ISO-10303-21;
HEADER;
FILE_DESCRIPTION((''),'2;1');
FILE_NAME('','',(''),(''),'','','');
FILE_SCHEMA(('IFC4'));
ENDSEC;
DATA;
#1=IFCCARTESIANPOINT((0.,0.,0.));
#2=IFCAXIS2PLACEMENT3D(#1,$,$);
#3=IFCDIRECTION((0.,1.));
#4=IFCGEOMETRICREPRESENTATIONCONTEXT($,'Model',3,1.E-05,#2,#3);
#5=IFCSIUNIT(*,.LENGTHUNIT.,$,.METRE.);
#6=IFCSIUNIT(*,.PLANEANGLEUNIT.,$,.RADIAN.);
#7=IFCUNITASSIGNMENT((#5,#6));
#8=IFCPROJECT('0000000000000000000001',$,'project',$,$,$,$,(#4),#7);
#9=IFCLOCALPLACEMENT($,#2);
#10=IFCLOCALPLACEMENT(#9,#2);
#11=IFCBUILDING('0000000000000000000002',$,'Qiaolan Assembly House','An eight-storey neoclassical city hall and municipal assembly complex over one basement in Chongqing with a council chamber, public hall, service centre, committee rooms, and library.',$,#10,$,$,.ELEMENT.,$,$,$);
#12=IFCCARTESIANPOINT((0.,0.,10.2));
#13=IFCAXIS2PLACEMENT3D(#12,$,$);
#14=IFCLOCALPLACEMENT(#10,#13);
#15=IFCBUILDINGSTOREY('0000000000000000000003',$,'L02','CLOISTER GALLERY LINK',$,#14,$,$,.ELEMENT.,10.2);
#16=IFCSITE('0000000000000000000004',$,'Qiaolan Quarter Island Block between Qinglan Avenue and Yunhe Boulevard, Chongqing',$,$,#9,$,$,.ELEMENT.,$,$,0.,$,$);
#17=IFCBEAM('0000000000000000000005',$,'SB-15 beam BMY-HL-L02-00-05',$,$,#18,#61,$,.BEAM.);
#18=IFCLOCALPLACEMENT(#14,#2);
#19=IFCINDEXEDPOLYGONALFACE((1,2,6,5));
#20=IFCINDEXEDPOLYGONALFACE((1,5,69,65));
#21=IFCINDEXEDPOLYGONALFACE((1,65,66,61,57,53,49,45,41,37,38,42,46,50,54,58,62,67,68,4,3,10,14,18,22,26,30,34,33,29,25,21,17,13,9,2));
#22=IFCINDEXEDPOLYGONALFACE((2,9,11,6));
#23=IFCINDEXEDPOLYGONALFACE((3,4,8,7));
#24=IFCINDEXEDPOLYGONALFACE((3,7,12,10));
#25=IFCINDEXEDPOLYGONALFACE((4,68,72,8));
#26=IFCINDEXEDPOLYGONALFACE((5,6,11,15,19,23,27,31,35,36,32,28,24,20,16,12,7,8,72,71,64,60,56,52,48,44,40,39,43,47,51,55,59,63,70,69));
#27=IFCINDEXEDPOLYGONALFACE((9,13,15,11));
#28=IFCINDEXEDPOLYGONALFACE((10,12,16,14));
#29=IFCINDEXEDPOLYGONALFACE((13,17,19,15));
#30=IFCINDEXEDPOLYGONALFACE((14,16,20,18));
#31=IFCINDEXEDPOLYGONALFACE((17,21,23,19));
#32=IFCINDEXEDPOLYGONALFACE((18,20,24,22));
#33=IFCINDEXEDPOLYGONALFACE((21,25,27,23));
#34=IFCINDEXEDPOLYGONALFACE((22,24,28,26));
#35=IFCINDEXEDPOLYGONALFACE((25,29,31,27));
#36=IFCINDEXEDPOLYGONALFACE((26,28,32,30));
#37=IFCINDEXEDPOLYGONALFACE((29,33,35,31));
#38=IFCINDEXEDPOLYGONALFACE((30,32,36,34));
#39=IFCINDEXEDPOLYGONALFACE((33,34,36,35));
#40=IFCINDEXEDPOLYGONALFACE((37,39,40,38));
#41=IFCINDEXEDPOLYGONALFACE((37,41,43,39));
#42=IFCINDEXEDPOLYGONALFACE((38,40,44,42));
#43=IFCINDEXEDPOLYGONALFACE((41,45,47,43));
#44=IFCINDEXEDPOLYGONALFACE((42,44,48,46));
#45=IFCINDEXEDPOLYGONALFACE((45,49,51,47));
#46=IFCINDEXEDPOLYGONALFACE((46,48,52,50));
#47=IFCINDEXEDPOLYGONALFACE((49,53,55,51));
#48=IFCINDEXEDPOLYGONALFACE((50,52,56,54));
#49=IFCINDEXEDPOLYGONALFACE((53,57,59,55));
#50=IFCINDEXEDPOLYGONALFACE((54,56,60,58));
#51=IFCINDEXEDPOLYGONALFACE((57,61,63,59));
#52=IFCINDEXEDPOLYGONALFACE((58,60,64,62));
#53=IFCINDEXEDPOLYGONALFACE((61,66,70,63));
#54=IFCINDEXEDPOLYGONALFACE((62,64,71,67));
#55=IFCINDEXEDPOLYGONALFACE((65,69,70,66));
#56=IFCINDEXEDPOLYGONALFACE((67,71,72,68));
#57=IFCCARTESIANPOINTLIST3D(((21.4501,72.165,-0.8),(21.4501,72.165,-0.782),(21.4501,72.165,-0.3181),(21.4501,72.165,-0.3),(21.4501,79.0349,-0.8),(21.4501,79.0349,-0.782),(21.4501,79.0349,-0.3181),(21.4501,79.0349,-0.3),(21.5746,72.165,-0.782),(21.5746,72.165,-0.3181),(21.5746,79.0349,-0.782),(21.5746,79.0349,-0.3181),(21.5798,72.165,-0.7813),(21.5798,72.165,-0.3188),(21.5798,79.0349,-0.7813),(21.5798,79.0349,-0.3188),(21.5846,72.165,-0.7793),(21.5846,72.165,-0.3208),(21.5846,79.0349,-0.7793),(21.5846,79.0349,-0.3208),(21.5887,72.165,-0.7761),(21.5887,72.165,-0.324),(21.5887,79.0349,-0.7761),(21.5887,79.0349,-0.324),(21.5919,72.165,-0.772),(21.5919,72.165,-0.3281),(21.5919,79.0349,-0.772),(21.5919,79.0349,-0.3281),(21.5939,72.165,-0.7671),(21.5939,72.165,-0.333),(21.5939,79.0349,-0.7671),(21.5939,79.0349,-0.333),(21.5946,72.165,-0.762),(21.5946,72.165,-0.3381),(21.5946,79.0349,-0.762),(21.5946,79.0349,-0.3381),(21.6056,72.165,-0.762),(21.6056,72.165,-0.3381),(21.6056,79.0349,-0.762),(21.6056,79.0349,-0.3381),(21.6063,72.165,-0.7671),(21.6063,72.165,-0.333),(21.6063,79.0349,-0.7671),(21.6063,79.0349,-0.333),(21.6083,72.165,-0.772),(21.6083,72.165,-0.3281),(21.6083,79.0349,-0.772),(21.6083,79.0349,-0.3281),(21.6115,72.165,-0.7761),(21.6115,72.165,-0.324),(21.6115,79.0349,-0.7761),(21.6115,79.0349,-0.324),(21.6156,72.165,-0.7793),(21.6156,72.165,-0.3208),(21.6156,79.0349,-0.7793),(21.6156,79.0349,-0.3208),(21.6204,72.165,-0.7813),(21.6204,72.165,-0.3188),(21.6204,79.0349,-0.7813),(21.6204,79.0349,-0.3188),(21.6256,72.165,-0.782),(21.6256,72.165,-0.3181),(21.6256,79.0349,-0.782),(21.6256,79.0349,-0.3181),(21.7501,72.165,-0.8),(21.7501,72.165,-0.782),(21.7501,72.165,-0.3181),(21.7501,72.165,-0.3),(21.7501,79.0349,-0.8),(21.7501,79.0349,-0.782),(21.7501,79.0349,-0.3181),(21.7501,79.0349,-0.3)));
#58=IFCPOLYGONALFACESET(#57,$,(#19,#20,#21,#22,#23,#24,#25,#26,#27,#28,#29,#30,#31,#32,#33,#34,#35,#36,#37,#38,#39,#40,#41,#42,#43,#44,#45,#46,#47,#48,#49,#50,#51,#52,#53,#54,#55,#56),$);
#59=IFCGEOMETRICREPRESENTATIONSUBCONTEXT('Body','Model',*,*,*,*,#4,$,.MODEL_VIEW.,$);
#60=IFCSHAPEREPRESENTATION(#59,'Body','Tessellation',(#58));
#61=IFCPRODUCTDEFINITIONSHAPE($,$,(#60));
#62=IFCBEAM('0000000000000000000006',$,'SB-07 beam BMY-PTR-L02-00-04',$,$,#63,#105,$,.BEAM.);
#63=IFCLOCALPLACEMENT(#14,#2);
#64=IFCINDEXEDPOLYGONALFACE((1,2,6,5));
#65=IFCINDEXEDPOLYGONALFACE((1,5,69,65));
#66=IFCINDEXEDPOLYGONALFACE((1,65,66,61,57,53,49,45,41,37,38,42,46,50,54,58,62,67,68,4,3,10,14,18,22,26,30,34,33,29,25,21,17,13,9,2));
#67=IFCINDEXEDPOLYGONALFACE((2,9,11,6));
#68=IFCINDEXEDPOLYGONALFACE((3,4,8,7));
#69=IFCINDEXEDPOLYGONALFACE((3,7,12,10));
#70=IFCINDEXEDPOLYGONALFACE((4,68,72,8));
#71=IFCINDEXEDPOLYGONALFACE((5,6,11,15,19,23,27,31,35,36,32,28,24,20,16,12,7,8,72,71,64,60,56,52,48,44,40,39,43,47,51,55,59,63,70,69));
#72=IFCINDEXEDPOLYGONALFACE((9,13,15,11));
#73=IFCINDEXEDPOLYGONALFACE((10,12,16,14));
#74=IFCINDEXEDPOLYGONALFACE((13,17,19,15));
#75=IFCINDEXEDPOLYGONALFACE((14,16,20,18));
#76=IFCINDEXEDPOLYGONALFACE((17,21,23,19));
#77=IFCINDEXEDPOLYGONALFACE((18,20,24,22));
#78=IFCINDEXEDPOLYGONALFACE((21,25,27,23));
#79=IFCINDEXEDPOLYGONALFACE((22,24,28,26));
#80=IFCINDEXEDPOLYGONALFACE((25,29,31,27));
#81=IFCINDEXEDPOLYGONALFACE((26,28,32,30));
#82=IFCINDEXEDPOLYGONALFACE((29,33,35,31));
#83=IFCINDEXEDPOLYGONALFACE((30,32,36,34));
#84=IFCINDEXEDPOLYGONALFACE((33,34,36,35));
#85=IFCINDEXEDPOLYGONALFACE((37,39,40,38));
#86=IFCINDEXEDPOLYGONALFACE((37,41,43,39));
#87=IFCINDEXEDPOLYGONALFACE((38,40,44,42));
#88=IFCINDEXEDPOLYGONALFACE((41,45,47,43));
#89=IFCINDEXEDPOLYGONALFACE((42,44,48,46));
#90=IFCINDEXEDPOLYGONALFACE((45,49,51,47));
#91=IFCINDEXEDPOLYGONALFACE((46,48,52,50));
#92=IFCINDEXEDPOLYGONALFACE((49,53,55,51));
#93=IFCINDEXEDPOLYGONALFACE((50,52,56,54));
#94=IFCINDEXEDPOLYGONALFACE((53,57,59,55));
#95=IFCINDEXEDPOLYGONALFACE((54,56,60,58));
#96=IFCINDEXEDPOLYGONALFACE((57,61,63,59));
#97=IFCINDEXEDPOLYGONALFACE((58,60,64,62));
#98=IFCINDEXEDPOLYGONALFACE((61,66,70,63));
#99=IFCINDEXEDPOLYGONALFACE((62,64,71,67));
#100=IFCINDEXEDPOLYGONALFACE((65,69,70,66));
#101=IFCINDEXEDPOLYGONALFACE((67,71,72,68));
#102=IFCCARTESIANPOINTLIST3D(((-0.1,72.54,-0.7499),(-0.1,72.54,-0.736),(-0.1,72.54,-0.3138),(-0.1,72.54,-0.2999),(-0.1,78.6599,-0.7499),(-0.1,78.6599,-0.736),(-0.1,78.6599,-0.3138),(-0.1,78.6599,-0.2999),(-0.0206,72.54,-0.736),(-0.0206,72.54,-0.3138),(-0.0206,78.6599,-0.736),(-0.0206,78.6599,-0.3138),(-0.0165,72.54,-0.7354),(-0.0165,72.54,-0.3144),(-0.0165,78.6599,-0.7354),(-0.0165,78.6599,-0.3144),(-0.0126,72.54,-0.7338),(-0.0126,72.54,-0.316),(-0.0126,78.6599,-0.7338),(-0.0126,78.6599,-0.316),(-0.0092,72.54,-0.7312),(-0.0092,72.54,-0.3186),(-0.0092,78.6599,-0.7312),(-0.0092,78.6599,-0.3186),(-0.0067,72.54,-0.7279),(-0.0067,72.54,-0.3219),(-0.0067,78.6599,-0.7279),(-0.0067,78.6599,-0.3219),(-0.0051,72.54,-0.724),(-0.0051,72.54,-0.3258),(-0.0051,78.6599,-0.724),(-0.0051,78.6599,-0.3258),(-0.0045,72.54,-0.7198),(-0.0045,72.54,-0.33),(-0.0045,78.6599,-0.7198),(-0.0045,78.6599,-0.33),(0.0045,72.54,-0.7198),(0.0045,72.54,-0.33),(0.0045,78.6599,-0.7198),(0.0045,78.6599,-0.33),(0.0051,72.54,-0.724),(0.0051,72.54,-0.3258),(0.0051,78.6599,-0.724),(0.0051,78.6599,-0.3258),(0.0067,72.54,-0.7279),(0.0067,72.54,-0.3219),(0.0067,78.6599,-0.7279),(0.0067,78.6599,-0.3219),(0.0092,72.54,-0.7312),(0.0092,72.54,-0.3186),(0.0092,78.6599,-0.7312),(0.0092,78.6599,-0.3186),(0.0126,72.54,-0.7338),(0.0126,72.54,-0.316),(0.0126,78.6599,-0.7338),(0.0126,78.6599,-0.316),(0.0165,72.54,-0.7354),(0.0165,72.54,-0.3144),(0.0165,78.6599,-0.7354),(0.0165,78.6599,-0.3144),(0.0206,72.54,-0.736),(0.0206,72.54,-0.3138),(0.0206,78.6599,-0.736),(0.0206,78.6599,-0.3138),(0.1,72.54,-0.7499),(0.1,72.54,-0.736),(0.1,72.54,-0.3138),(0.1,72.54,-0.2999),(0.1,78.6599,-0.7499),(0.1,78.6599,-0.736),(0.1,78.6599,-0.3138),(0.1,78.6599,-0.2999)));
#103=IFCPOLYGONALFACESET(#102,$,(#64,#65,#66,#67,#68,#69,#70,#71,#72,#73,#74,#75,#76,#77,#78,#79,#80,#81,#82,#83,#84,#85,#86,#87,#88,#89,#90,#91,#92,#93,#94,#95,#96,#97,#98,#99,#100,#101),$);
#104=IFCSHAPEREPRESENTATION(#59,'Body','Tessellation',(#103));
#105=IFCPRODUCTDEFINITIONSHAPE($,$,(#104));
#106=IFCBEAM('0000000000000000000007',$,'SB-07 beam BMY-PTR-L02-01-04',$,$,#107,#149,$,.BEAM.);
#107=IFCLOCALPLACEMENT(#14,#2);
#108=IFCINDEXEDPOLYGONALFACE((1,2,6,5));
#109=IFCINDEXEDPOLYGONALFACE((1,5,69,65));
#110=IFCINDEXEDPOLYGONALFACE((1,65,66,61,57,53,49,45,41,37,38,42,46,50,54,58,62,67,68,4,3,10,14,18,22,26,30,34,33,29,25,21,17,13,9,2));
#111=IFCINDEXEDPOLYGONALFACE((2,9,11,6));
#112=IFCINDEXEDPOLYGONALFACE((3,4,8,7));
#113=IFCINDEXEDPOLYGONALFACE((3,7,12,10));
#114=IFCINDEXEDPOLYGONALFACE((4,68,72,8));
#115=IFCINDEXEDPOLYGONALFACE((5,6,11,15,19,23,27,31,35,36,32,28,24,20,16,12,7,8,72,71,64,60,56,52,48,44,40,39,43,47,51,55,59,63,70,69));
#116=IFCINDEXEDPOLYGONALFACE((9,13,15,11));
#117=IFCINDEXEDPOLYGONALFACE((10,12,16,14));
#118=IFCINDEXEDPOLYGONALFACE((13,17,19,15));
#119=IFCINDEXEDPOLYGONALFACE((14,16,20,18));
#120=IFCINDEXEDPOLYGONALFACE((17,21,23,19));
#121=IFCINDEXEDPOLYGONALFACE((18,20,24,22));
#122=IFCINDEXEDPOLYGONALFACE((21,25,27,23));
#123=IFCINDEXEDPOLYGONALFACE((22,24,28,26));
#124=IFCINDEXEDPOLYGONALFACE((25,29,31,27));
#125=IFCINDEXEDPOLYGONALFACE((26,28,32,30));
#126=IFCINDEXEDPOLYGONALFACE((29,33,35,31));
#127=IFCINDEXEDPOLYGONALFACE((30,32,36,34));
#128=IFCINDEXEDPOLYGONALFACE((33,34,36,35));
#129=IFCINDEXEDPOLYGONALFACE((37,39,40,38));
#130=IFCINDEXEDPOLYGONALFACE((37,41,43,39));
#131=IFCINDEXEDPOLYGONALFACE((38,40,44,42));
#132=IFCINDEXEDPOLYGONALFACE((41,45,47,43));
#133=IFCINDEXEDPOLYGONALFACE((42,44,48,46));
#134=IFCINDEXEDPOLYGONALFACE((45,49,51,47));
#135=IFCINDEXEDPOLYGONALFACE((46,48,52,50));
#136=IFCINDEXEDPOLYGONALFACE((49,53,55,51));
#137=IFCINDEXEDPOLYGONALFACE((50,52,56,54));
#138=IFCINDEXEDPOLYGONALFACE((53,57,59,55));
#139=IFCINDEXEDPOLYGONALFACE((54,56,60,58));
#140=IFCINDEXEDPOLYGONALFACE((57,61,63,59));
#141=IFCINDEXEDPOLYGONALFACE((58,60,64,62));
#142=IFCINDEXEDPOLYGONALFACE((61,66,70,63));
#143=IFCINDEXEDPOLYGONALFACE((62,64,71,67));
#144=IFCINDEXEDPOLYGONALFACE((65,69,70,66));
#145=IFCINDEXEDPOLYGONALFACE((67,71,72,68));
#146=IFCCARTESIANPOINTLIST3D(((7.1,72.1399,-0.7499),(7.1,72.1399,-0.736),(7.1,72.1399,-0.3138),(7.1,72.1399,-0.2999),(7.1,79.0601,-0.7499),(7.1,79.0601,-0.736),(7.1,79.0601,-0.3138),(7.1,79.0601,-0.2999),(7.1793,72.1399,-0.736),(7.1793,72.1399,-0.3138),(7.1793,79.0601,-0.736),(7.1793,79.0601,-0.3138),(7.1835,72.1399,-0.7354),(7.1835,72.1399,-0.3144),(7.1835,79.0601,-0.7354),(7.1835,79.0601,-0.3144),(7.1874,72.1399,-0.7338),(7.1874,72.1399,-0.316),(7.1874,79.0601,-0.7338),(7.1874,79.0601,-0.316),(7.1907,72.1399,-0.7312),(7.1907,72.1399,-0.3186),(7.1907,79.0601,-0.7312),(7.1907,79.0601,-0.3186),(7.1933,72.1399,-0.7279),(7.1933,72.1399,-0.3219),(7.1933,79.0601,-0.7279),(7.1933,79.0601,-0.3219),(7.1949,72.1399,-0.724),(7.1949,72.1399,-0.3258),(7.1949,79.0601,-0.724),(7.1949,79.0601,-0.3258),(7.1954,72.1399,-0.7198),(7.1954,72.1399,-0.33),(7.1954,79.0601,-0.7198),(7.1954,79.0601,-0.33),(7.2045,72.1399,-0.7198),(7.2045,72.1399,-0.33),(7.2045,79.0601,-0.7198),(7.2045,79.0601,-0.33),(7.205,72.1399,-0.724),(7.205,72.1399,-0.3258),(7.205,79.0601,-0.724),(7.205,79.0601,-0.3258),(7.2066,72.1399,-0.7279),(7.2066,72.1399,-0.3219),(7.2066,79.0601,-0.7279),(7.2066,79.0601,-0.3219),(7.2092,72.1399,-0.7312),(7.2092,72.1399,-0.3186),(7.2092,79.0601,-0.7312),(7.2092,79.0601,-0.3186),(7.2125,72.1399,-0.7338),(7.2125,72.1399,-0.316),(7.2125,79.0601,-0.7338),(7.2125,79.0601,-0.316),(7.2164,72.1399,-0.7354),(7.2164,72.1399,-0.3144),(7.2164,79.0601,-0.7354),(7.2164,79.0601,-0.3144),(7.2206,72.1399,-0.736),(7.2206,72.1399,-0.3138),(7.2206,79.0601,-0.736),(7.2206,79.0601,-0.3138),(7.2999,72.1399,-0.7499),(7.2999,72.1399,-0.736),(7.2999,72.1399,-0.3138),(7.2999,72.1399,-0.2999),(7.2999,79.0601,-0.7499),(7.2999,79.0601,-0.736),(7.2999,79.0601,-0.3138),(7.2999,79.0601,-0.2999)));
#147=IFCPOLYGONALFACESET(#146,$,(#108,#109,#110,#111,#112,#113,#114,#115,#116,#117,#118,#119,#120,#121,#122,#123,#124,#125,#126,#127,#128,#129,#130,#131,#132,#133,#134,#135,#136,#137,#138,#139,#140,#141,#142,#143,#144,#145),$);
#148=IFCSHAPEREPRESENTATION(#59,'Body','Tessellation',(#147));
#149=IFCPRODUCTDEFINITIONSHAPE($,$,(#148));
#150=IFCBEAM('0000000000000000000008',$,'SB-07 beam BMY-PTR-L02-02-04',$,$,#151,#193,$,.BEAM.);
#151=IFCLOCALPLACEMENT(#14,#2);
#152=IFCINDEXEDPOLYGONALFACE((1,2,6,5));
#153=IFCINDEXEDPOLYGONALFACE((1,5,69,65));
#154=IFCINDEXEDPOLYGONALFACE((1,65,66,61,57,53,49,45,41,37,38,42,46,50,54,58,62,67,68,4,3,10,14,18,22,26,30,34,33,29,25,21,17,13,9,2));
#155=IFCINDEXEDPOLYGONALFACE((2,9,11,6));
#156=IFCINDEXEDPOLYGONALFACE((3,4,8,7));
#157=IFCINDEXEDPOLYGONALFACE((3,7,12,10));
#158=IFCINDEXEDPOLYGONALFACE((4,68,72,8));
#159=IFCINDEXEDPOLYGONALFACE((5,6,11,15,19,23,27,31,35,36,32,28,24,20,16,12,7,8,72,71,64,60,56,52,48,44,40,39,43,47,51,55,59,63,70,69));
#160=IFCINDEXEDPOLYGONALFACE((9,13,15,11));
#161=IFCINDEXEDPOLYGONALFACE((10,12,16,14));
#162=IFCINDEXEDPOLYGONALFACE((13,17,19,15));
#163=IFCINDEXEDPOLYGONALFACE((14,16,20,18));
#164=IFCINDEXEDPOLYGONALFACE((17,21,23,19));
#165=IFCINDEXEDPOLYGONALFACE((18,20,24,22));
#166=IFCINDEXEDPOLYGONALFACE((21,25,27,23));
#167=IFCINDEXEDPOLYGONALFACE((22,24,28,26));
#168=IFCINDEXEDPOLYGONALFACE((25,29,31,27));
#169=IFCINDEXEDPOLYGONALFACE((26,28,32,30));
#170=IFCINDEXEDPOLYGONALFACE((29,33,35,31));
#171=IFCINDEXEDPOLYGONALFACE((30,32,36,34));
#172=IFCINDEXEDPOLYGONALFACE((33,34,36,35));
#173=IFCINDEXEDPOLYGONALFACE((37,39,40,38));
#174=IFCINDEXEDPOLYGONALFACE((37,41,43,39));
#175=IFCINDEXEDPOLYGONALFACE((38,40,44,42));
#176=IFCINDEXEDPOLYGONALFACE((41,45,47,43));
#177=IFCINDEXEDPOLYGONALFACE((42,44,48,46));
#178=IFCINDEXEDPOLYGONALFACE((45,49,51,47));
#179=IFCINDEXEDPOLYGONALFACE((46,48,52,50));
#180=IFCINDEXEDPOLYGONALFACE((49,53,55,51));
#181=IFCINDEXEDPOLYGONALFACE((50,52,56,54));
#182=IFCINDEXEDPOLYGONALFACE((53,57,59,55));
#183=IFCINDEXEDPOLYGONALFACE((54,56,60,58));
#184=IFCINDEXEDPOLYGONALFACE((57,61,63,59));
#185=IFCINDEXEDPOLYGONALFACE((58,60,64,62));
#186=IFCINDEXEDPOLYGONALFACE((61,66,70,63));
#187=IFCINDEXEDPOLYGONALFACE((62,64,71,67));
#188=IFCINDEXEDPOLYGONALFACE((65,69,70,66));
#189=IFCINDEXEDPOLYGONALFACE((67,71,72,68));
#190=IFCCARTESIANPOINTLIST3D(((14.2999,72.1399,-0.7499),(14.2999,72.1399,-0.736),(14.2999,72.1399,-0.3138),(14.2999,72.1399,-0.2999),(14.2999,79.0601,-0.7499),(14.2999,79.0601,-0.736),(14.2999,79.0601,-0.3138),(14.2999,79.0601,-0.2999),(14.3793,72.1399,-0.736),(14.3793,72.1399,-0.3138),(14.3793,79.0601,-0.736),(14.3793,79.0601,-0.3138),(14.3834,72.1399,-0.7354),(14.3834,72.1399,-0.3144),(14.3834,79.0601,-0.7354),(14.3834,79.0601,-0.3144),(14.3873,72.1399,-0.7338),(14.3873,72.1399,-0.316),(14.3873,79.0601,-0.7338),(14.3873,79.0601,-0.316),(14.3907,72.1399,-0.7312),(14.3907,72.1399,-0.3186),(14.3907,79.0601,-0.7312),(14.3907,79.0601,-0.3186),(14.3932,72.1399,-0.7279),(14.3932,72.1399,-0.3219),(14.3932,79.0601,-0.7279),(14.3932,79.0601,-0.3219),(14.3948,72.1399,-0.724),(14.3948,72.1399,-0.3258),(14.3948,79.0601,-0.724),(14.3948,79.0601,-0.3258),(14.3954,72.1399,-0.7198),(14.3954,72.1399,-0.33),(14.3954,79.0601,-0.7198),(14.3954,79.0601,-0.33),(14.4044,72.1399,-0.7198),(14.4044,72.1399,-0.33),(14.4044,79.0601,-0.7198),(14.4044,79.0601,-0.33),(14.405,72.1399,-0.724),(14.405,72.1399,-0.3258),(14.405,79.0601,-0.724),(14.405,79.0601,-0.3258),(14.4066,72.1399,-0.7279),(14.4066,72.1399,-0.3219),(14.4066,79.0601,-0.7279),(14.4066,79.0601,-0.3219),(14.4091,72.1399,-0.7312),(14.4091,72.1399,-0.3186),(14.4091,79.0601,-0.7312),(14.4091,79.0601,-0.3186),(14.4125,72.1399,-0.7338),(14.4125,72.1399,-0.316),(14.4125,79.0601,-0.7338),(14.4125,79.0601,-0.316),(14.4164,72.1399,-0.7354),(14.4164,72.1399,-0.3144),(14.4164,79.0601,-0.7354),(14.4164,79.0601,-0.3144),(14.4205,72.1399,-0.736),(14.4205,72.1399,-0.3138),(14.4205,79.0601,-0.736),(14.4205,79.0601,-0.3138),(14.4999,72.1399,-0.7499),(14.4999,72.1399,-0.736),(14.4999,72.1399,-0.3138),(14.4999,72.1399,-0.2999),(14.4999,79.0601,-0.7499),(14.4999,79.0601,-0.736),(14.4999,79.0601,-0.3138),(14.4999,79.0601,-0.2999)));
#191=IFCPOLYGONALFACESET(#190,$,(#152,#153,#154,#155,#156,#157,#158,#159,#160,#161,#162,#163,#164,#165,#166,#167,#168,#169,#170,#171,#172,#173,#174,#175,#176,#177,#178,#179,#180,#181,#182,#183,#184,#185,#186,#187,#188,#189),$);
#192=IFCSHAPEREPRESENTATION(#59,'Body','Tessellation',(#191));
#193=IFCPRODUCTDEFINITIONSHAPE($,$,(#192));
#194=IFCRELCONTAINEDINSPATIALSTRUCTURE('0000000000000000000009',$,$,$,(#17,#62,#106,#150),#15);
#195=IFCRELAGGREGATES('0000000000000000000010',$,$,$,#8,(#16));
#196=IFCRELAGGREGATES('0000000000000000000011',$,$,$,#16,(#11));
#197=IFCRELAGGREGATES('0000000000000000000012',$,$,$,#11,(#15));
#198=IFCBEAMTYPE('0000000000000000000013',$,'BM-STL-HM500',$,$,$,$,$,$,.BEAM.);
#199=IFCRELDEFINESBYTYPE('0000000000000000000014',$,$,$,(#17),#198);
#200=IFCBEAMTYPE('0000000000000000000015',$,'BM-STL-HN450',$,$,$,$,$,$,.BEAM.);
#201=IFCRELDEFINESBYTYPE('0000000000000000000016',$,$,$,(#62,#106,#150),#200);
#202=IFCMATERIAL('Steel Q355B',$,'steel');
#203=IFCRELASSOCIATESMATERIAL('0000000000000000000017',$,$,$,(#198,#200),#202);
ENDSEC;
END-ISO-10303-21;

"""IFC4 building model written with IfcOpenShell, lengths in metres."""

from ifc_helpers import new_model, si_unit, direction, frame, origin, origin_2d, place, context, subcontext, project, spatial, i_section, extrude, material, material_profile, profile_set, type_object, element, save


model = new_model("IFC4")

# Units and contexts
model_context = context("Model", 3, precision=1e-05, world=origin(), true_north=direction((0.0, 1.0)))
body_context = subcontext(model_context, "Body", "Model", "MODEL_VIEW")
ifc_project = project(units=[si_unit("LENGTHUNIT", "METRE"), si_unit("PLANEANGLEUNIT", "RADIAN")], contexts=[model_context])

# Site, building, storey
site_placement = place(None, origin())
site = spatial("IfcSite", under=ifc_project, at=site_placement, Name="Qiaolan Quarter Island Block between Qinglan Avenue and Yunhe Boulevard, Chongqing", CompositionType="ELEMENT", RefElevation=0.0)
building_placement = place(site_placement, origin())
building = spatial("IfcBuilding", under=site, at=building_placement, Name="Qiaolan Assembly House", Description="An eight-storey neoclassical city hall and municipal assembly complex over one basement in Chongqing with a council chamber, public hall, service centre, committee rooms, and library.", CompositionType="ELEMENT")
storey_placement = place(building_placement, frame((0.0, 0.0, 10.2)))
storey = spatial("IfcBuildingStorey", under=building, at=storey_placement, Name="L02", Description="CLOISTER GALLERY LINK", CompositionType="ELEMENT", Elevation=10.2)

# Shared definitions
ifc_material_1 = material(Name="Steel Q355B", Category="steel")

# Beams
ifc_material_profile_1 = material_profile(ifc_material_1, i_section(OverallWidth=0.3, OverallDepth=0.5, WebThickness=0.011, FlangeThickness=0.0181, FilletRadius=0.02, at=origin_2d()), Name="HM 500x300x11x18")
ifc_profile_set_1 = profile_set([ifc_material_profile_1], Name="Steel Q355B")
beam_type_1 = type_object("IfcBeamType", Name="BM-STL-HM500", PredefinedType="BEAM", material=ifc_profile_set_1)
beam_1_placement = place(storey_placement, frame((21.6001, 72.165, -0.55), z_axis=(0.0, 1.0, 0.0), x_axis=(-1.0, 0.0, 0.0)))
element("IfcBeam", 1, at=beam_1_placement, inside=storey, type_object=beam_type_1, Name="SB-15 beam BMY-HL-L02-00-05", PredefinedType="BEAM", context=body_context, shape_type="SweptSolid", body=[
    extrude(i_section(OverallWidth=0.3, OverallDepth=0.5, WebThickness=0.011, FlangeThickness=0.0181, FilletRadius=0.02, at=origin_2d()), origin(), (0.0, 0.0, 1.0), 6.8699),
])
ifc_material_profile_2 = material_profile(ifc_material_1, i_section(OverallWidth=0.2, OverallDepth=0.45, WebThickness=0.009, FlangeThickness=0.0139, FilletRadius=0.0161, at=origin_2d()), Name="HN 450x200x9x14")
ifc_profile_set_2 = profile_set([ifc_material_profile_2], Name="Steel Q355B")
beam_type_2 = type_object("IfcBeamType", Name="BM-STL-HN450", PredefinedType="BEAM", material=ifc_profile_set_2)
beam_2_placement = place(storey_placement, frame((0.0, 72.54, -0.5249), z_axis=(0.0, 1.0, 0.0), x_axis=(-1.0, 0.0, 0.0)))
element("IfcBeam", 2, at=beam_2_placement, inside=storey, type_object=beam_type_2, Name="SB-07 beam BMY-PTR-L02-00-04", PredefinedType="BEAM", context=body_context, shape_type="SweptSolid", body=[
    extrude(i_section(OverallWidth=0.2, OverallDepth=0.45, WebThickness=0.009, FlangeThickness=0.0139, FilletRadius=0.0161, at=origin_2d()), origin(), (0.0, 0.0, 1.0), 6.1199),
])
for number, where, z_axis, x_axis, name in (
    (3, (7.2, 72.1399, -0.5249), (0.0, 1.0, 0.0), (-1.0, 0.0, 0.0), "SB-07 beam BMY-PTR-L02-01-04"),
    (4, (14.3999, 72.1399, -0.5249), (0.0, 1.0, 0.0), (-1.0, 0.0, 0.0), "SB-07 beam BMY-PTR-L02-02-04"),
):
    element("IfcBeam", number, at=place(storey_placement, frame(where, z_axis=z_axis, x_axis=x_axis)), inside=storey, type_object=beam_type_2, Name=name, PredefinedType="BEAM", context=body_context, shape_type="SweptSolid", body=[
        extrude(i_section(OverallWidth=0.2, OverallDepth=0.45, WebThickness=0.009, FlangeThickness=0.0139, FilletRadius=0.0161, at=origin_2d()), origin(), (0.0, 0.0, 1.0), 6.9202),
    ])

save(model, "model.ifc")
